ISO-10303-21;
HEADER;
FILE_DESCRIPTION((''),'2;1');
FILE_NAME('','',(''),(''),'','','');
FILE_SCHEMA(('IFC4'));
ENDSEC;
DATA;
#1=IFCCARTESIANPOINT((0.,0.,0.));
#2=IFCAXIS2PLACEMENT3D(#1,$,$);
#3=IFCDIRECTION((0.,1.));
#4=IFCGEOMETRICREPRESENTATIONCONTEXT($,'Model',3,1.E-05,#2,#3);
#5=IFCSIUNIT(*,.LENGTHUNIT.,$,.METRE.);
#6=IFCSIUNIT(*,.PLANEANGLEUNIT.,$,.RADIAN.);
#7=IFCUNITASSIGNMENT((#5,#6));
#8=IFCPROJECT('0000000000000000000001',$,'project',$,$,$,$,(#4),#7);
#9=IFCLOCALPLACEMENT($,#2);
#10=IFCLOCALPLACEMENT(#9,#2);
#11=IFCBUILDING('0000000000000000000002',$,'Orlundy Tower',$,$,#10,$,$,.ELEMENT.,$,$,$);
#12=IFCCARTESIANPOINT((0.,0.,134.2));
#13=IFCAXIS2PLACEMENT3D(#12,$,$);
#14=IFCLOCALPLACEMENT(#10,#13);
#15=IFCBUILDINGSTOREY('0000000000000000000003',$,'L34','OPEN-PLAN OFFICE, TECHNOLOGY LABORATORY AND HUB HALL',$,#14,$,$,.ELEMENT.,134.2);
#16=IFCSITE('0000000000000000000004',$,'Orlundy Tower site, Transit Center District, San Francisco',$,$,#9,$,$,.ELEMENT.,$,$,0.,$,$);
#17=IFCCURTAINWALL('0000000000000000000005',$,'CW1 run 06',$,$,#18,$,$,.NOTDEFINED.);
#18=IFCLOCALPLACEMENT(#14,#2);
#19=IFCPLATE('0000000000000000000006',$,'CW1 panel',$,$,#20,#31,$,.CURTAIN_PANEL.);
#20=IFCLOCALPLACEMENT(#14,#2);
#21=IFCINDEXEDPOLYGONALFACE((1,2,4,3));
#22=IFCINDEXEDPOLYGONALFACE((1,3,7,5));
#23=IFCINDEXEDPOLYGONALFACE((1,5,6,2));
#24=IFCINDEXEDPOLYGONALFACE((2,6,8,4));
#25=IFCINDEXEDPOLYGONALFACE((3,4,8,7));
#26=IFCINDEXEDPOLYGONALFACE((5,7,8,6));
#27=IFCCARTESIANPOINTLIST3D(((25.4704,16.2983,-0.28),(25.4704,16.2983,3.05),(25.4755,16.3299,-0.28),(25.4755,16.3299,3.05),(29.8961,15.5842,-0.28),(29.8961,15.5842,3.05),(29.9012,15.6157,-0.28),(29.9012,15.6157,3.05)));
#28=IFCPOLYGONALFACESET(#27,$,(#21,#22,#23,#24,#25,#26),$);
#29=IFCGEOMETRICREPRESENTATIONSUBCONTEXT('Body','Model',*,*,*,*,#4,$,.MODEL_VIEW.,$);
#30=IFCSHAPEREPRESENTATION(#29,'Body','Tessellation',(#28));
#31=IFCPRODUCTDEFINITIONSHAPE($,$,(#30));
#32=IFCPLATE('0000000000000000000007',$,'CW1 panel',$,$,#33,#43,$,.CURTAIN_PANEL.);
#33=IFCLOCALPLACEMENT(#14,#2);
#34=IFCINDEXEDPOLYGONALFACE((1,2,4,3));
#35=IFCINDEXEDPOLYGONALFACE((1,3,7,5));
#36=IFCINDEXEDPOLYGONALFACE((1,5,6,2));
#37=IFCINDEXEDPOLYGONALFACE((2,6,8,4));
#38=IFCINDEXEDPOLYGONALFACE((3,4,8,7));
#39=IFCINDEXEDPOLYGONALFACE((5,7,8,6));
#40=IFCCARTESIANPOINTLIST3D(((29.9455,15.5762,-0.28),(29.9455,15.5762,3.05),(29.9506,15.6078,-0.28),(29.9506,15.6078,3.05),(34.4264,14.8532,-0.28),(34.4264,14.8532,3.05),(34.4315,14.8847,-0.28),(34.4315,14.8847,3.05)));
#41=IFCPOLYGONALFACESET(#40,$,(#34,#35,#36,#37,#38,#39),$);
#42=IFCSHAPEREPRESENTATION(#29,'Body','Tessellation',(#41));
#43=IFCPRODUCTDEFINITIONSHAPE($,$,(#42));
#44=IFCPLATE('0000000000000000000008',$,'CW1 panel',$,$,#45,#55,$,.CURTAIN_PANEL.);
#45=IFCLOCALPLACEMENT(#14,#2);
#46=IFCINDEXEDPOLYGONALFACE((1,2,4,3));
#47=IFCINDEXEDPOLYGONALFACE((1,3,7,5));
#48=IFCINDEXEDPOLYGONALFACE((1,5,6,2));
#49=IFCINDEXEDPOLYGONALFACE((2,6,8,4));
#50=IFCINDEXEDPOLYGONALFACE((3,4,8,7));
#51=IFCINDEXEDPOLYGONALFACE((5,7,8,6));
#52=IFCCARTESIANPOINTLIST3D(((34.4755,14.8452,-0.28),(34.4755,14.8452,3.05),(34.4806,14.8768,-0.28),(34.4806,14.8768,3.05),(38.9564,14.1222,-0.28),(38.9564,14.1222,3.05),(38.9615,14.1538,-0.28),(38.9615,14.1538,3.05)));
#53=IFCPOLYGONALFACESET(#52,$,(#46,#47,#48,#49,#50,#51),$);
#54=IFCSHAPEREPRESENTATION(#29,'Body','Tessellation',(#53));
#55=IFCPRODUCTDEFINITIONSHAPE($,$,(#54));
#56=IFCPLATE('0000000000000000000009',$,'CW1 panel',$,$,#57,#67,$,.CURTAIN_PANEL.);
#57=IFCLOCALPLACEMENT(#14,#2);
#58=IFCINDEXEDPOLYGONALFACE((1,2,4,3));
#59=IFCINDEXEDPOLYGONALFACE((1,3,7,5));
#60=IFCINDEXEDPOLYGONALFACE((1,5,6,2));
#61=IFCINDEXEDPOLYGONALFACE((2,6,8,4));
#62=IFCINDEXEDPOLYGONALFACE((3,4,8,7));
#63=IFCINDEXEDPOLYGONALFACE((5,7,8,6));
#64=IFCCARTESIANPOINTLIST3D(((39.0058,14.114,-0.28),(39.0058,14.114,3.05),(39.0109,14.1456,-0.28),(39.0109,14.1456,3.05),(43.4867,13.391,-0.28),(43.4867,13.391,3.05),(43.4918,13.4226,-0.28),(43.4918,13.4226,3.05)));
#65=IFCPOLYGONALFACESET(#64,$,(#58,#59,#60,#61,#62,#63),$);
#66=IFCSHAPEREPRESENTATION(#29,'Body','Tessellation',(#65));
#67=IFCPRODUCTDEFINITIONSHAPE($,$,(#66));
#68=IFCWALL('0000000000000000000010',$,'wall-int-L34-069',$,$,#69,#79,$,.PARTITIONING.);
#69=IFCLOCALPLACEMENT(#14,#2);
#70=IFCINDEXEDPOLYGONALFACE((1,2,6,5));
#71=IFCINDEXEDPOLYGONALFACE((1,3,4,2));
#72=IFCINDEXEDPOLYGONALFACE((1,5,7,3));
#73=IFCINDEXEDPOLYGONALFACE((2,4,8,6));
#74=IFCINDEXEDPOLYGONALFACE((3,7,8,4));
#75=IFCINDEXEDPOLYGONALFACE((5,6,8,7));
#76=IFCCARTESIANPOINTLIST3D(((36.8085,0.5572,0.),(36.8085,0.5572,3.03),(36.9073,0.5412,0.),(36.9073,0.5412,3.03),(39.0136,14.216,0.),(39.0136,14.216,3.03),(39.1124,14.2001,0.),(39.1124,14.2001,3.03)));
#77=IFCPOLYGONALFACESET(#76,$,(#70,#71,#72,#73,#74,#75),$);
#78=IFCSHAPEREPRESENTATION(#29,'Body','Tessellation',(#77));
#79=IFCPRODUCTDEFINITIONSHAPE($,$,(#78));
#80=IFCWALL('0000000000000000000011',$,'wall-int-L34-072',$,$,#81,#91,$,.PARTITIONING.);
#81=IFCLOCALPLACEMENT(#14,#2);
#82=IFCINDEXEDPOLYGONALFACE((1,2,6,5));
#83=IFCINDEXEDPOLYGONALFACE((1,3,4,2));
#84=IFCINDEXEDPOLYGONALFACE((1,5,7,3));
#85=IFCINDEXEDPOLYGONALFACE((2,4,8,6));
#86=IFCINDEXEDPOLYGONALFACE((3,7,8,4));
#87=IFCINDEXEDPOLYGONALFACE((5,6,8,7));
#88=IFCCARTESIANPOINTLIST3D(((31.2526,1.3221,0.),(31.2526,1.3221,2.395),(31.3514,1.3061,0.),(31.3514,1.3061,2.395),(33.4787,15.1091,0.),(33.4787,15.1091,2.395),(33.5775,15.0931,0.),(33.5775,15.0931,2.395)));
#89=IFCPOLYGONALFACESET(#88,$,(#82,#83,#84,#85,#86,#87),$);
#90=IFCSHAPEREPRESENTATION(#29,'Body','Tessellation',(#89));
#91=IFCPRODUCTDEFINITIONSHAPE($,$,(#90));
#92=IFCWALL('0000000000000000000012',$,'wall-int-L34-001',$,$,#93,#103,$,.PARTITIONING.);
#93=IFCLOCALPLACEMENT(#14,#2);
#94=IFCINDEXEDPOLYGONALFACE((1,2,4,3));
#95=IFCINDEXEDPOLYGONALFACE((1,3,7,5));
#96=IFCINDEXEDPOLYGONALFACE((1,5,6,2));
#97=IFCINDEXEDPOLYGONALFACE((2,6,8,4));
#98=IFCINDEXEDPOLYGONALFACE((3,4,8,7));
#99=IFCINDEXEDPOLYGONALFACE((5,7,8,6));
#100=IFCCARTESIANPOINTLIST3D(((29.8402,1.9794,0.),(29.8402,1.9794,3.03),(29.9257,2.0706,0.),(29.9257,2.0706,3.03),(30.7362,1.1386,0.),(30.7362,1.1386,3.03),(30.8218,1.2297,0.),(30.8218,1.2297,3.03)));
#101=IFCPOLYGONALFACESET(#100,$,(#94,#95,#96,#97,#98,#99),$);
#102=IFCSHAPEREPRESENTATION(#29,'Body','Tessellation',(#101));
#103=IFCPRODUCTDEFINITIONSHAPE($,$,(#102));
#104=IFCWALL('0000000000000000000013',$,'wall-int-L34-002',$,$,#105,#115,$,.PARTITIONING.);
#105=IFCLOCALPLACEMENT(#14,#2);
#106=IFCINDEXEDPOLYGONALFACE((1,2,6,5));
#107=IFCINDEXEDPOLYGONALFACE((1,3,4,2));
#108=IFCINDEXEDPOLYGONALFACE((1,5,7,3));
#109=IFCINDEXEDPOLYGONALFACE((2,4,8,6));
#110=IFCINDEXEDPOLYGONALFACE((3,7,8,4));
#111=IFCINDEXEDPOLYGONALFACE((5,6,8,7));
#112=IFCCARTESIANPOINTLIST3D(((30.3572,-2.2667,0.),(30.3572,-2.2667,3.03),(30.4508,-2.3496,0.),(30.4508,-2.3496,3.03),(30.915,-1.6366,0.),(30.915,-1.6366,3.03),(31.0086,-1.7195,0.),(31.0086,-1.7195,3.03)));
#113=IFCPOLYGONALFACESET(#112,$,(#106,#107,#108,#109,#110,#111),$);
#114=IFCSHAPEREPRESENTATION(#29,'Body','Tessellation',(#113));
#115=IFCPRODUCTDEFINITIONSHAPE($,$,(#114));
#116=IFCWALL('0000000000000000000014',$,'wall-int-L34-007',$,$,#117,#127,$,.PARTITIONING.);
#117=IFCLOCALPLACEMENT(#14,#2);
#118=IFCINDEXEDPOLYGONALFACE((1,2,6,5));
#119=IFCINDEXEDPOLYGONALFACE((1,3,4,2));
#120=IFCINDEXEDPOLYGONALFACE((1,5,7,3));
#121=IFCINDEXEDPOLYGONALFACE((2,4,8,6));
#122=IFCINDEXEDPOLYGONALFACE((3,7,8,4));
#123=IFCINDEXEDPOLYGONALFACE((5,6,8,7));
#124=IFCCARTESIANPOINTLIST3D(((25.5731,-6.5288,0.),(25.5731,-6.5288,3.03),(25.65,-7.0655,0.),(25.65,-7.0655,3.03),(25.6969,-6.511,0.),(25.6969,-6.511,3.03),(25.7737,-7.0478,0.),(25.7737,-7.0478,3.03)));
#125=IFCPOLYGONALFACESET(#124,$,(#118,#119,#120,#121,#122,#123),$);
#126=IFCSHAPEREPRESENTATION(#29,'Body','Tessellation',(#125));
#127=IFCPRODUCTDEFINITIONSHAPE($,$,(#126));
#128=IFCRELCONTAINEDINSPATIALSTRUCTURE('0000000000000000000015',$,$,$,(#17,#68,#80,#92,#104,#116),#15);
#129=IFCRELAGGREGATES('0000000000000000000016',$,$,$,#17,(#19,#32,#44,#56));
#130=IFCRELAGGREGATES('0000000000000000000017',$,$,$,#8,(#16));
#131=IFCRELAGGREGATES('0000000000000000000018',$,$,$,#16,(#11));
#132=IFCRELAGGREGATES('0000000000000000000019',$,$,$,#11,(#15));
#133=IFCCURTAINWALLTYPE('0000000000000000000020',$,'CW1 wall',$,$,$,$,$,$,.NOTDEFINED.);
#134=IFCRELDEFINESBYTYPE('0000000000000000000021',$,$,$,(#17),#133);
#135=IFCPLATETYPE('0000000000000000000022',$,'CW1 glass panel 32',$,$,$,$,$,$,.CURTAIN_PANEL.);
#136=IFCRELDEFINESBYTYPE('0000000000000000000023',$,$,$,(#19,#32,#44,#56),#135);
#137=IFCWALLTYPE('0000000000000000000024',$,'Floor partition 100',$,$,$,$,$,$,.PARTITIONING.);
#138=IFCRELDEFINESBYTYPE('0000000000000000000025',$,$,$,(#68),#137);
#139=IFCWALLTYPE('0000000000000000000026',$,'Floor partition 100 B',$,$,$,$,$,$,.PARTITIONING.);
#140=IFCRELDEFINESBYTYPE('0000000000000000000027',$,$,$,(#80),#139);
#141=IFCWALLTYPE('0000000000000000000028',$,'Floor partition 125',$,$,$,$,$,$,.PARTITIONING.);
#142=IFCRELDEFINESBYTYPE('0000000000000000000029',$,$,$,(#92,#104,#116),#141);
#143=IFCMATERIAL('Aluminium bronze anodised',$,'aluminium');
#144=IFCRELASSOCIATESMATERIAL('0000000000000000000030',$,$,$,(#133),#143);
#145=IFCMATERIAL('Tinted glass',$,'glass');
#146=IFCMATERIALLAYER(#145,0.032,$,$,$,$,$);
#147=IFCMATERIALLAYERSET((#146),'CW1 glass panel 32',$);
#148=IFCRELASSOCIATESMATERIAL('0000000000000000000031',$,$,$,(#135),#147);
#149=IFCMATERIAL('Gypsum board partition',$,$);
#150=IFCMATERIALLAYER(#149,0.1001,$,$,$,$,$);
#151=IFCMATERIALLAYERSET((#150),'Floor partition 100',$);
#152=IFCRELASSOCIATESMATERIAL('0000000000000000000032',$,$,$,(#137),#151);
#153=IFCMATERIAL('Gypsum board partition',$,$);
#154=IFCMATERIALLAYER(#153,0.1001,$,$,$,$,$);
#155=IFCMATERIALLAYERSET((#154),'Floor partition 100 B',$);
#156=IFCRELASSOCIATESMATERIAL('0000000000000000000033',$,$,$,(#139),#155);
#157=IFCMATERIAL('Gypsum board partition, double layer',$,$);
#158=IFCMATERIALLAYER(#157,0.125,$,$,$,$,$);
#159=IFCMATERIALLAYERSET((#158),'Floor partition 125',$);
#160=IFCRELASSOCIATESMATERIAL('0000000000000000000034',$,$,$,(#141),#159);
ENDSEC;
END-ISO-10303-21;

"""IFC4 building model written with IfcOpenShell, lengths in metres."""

from ifc_helpers import new_model, si_unit, direction, frame, frame_2d, origin, origin_2d, place, context, subcontext, project, spatial, rectangle, extrude, material, layer, layer_set, type_object, element, aggregate, save


model = new_model("IFC4")

# Units and contexts
model_context = context("Model", 3, precision=1e-05, world=origin(), true_north=direction((0.0, 1.0)))
body_context = subcontext(model_context, "Body", "Model", "MODEL_VIEW")
ifc_project = project(units=[si_unit("LENGTHUNIT", "METRE"), si_unit("PLANEANGLEUNIT", "RADIAN")], contexts=[model_context])

# Site, building, storey
site_placement = place(None, origin())
site = spatial("IfcSite", under=ifc_project, at=site_placement, Name="Orlundy Tower site, Transit Center District, San Francisco", CompositionType="ELEMENT", RefElevation=0.0)
building_placement = place(site_placement, origin())
building = spatial("IfcBuilding", under=site, at=building_placement, Name="Orlundy Tower", CompositionType="ELEMENT")
storey_placement = place(building_placement, frame((0.0, 0.0, 134.2)))
storey = spatial("IfcBuildingStorey", under=building, at=storey_placement, Name="L34", Description="OPEN-PLAN OFFICE, TECHNOLOGY LABORATORY AND HUB HALL", CompositionType="ELEMENT", Elevation=134.2)

# Curtain wall
ifc_material_1 = material(Name="Aluminium bronze anodised", Category="aluminium")
curtain_wall_type = type_object("IfcCurtainWallType", Name="CW1 wall", PredefinedType="NOTDEFINED", material=ifc_material_1)
curtain_wall_1_placement = place(storey_placement, origin())
curtain_wall_1 = element("IfcCurtainWall", 1, at=curtain_wall_1_placement, inside=storey, type_object=curtain_wall_type, Name="CW1 run 06", PredefinedType="NOTDEFINED")

# Shared definitions
ifc_material_2 = material(Name="Tinted glass", Category="glass")
ifc_layer_1 = layer(ifc_material_2, 0.032)
ifc_layer_set_1 = layer_set([ifc_layer_1], Name="CW1 glass panel 32")
plate_type = type_object("IfcPlateType", Name="CW1 glass panel 32", PredefinedType="CURTAIN_PANEL", material=ifc_layer_set_1)

# Plates
plate_1_placement = place(storey_placement, frame((27.6858, 15.957, -0.28), z_axis=(0.0, 0.0, 1.0), x_axis=(0.98723, -0.159302, 0.0)))
plate_1 = element("IfcPlate", 2, at=plate_1_placement, type_object=plate_type, Name="CW1 panel", PredefinedType="CURTAIN_PANEL", context=body_context, shape_type="SweptSolid", body=[
    extrude(rectangle(XDim=4.4829, YDim=0.032, at=origin_2d()), origin(), (0.0, 0.0, 1.0), 3.3301),
])
plate_2_placement = place(storey_placement, frame((32.1885, 15.2305, -0.28), z_axis=(0.0, 0.0, 1.0), x_axis=(0.98723, -0.159302, 0.0)))
plate_2 = element("IfcPlate", 3, at=plate_2_placement, type_object=plate_type, Name="CW1 panel", PredefinedType="CURTAIN_PANEL", context=body_context, shape_type="SweptSolid", body=[
    extrude(rectangle(XDim=4.5388, YDim=0.032, at=origin_2d()), origin(), (0.0, 0.0, 1.0), 3.3301),
])
plate_3_placement = place(storey_placement, frame((36.7185, 14.4995, -0.28), z_axis=(0.0, 0.0, 1.0), x_axis=(0.98723, -0.159302, 0.0)))
plate_3 = element("IfcPlate", 4, at=plate_3_placement, type_object=plate_type, Name="CW1 panel", PredefinedType="CURTAIN_PANEL", context=body_context, shape_type="SweptSolid", body=[
    extrude(rectangle(XDim=4.5388, YDim=0.032, at=origin_2d()), origin(), (0.0, 0.0, 1.0), 3.3301),
])
plate_4_placement = place(storey_placement, frame((41.2488, 13.7683, -0.28), z_axis=(0.0, 0.0, 1.0), x_axis=(0.98723, -0.159302, 0.0)))
plate_4 = element("IfcPlate", 5, at=plate_4_placement, type_object=plate_type, Name="CW1 panel", PredefinedType="CURTAIN_PANEL", context=body_context, shape_type="SweptSolid", body=[
    extrude(rectangle(XDim=4.5388, YDim=0.032, at=origin_2d()), origin(), (0.0, 0.0, 1.0), 3.3301),
])
aggregate(curtain_wall_1, [plate_1, plate_2, plate_3, plate_4])

# Walls
ifc_material_3 = material(Name="Gypsum board partition")
ifc_layer_2 = layer(ifc_material_3, 0.1001)
ifc_layer_set_2 = layer_set([ifc_layer_2], Name="Floor partition 100")
wall_type_1 = type_object("IfcWallType", Name="Floor partition 100", PredefinedType="PARTITIONING", material=ifc_layer_set_2)
wall_1_placement = place(storey_placement, frame((36.8579, 0.5491, 0.0), z_axis=(0.0, 0.0, 1.0), x_axis=(0.159375, 0.987218, 0.0)))
element("IfcWall", 6, at=wall_1_placement, inside=storey, type_object=wall_type_1, Name="wall-int-L34-069", PredefinedType="PARTITIONING", context=body_context, shape_type="SweptSolid", body=[
    extrude(rectangle(XDim=13.8357, YDim=0.1001, at=frame_2d((6.918, 0.0))), origin(), (0.0, 0.0, 1.0), 3.03),
])
ifc_material_4 = material(Name="Gypsum board partition")
ifc_layer_3 = layer(ifc_material_4, 0.1001)
ifc_layer_set_3 = layer_set([ifc_layer_3], Name="Floor partition 100 B")
wall_type_2 = type_object("IfcWallType", Name="Floor partition 100 B", PredefinedType="PARTITIONING", material=ifc_layer_set_3)
wall_2_placement = place(storey_placement, frame((31.302, 1.314, 0.0), z_axis=(0.0, 0.0, 1.0), x_axis=(0.159396, 0.987215, 0.0)))
element("IfcWall", 7, at=wall_2_placement, inside=storey, type_object=wall_type_2, Name="wall-int-L34-072", PredefinedType="PARTITIONING", context=body_context, shape_type="SweptSolid", body=[
    extrude(rectangle(XDim=13.9656, YDim=0.1001, at=frame_2d((6.9829, 0.0))), origin(), (0.0, 0.0, 1.0), 2.395),
])
ifc_material_5 = material(Name="Gypsum board partition, double layer")
ifc_layer_4 = layer(ifc_material_5, 0.125)
ifc_layer_set_4 = layer_set([ifc_layer_4], Name="Floor partition 125")
wall_type_3 = type_object("IfcWallType", Name="Floor partition 125", PredefinedType="PARTITIONING", material=ifc_layer_set_4)
wall_3_placement = place(storey_placement, frame((29.8831, 2.0249, 0.0), z_axis=(0.0, 0.0, 1.0), x_axis=(0.729203, -0.684298, 0.0)))
element("IfcWall", 8, at=wall_3_placement, inside=storey, type_object=wall_type_3, Name="wall-int-L34-001", PredefinedType="PARTITIONING", context=body_context, shape_type="SweptSolid", body=[
    extrude(rectangle(XDim=1.2288, YDim=0.125, at=frame_2d((0.6143, 0.0))), origin(), (0.0, 0.0, 1.0), 3.03),
])
wall_4_placement = place(storey_placement, frame((30.9619, -1.678, 0.0), z_axis=(0.0, 0.0, 1.0), x_axis=(-0.662868, -0.748736, 0.0)))
element("IfcWall", 9, at=wall_4_placement, inside=storey, type_object=wall_type_3, Name="wall-int-L34-002", PredefinedType="PARTITIONING", context=body_context, shape_type="SweptSolid", body=[
    extrude(rectangle(XDim=0.8416, YDim=0.125, at=frame_2d((0.4209, 0.0))), origin(), (0.0, 0.0, 1.0), 3.03),
])
wall_5_placement = place(storey_placement, frame((25.635, -6.52, 0.0), z_axis=(0.0, 0.0, 1.0), x_axis=(0.141799, -0.989895, 0.0)))
element("IfcWall", 10, at=wall_5_placement, inside=storey, type_object=wall_type_3, Name="wall-int-L34-007", PredefinedType="PARTITIONING", context=body_context, shape_type="SweptSolid", body=[
    extrude(rectangle(XDim=0.5422, YDim=0.125, at=frame_2d((0.271, 0.0))), origin(), (0.0, 0.0, 1.0), 3.03),
])

save(model, "model.ifc")
